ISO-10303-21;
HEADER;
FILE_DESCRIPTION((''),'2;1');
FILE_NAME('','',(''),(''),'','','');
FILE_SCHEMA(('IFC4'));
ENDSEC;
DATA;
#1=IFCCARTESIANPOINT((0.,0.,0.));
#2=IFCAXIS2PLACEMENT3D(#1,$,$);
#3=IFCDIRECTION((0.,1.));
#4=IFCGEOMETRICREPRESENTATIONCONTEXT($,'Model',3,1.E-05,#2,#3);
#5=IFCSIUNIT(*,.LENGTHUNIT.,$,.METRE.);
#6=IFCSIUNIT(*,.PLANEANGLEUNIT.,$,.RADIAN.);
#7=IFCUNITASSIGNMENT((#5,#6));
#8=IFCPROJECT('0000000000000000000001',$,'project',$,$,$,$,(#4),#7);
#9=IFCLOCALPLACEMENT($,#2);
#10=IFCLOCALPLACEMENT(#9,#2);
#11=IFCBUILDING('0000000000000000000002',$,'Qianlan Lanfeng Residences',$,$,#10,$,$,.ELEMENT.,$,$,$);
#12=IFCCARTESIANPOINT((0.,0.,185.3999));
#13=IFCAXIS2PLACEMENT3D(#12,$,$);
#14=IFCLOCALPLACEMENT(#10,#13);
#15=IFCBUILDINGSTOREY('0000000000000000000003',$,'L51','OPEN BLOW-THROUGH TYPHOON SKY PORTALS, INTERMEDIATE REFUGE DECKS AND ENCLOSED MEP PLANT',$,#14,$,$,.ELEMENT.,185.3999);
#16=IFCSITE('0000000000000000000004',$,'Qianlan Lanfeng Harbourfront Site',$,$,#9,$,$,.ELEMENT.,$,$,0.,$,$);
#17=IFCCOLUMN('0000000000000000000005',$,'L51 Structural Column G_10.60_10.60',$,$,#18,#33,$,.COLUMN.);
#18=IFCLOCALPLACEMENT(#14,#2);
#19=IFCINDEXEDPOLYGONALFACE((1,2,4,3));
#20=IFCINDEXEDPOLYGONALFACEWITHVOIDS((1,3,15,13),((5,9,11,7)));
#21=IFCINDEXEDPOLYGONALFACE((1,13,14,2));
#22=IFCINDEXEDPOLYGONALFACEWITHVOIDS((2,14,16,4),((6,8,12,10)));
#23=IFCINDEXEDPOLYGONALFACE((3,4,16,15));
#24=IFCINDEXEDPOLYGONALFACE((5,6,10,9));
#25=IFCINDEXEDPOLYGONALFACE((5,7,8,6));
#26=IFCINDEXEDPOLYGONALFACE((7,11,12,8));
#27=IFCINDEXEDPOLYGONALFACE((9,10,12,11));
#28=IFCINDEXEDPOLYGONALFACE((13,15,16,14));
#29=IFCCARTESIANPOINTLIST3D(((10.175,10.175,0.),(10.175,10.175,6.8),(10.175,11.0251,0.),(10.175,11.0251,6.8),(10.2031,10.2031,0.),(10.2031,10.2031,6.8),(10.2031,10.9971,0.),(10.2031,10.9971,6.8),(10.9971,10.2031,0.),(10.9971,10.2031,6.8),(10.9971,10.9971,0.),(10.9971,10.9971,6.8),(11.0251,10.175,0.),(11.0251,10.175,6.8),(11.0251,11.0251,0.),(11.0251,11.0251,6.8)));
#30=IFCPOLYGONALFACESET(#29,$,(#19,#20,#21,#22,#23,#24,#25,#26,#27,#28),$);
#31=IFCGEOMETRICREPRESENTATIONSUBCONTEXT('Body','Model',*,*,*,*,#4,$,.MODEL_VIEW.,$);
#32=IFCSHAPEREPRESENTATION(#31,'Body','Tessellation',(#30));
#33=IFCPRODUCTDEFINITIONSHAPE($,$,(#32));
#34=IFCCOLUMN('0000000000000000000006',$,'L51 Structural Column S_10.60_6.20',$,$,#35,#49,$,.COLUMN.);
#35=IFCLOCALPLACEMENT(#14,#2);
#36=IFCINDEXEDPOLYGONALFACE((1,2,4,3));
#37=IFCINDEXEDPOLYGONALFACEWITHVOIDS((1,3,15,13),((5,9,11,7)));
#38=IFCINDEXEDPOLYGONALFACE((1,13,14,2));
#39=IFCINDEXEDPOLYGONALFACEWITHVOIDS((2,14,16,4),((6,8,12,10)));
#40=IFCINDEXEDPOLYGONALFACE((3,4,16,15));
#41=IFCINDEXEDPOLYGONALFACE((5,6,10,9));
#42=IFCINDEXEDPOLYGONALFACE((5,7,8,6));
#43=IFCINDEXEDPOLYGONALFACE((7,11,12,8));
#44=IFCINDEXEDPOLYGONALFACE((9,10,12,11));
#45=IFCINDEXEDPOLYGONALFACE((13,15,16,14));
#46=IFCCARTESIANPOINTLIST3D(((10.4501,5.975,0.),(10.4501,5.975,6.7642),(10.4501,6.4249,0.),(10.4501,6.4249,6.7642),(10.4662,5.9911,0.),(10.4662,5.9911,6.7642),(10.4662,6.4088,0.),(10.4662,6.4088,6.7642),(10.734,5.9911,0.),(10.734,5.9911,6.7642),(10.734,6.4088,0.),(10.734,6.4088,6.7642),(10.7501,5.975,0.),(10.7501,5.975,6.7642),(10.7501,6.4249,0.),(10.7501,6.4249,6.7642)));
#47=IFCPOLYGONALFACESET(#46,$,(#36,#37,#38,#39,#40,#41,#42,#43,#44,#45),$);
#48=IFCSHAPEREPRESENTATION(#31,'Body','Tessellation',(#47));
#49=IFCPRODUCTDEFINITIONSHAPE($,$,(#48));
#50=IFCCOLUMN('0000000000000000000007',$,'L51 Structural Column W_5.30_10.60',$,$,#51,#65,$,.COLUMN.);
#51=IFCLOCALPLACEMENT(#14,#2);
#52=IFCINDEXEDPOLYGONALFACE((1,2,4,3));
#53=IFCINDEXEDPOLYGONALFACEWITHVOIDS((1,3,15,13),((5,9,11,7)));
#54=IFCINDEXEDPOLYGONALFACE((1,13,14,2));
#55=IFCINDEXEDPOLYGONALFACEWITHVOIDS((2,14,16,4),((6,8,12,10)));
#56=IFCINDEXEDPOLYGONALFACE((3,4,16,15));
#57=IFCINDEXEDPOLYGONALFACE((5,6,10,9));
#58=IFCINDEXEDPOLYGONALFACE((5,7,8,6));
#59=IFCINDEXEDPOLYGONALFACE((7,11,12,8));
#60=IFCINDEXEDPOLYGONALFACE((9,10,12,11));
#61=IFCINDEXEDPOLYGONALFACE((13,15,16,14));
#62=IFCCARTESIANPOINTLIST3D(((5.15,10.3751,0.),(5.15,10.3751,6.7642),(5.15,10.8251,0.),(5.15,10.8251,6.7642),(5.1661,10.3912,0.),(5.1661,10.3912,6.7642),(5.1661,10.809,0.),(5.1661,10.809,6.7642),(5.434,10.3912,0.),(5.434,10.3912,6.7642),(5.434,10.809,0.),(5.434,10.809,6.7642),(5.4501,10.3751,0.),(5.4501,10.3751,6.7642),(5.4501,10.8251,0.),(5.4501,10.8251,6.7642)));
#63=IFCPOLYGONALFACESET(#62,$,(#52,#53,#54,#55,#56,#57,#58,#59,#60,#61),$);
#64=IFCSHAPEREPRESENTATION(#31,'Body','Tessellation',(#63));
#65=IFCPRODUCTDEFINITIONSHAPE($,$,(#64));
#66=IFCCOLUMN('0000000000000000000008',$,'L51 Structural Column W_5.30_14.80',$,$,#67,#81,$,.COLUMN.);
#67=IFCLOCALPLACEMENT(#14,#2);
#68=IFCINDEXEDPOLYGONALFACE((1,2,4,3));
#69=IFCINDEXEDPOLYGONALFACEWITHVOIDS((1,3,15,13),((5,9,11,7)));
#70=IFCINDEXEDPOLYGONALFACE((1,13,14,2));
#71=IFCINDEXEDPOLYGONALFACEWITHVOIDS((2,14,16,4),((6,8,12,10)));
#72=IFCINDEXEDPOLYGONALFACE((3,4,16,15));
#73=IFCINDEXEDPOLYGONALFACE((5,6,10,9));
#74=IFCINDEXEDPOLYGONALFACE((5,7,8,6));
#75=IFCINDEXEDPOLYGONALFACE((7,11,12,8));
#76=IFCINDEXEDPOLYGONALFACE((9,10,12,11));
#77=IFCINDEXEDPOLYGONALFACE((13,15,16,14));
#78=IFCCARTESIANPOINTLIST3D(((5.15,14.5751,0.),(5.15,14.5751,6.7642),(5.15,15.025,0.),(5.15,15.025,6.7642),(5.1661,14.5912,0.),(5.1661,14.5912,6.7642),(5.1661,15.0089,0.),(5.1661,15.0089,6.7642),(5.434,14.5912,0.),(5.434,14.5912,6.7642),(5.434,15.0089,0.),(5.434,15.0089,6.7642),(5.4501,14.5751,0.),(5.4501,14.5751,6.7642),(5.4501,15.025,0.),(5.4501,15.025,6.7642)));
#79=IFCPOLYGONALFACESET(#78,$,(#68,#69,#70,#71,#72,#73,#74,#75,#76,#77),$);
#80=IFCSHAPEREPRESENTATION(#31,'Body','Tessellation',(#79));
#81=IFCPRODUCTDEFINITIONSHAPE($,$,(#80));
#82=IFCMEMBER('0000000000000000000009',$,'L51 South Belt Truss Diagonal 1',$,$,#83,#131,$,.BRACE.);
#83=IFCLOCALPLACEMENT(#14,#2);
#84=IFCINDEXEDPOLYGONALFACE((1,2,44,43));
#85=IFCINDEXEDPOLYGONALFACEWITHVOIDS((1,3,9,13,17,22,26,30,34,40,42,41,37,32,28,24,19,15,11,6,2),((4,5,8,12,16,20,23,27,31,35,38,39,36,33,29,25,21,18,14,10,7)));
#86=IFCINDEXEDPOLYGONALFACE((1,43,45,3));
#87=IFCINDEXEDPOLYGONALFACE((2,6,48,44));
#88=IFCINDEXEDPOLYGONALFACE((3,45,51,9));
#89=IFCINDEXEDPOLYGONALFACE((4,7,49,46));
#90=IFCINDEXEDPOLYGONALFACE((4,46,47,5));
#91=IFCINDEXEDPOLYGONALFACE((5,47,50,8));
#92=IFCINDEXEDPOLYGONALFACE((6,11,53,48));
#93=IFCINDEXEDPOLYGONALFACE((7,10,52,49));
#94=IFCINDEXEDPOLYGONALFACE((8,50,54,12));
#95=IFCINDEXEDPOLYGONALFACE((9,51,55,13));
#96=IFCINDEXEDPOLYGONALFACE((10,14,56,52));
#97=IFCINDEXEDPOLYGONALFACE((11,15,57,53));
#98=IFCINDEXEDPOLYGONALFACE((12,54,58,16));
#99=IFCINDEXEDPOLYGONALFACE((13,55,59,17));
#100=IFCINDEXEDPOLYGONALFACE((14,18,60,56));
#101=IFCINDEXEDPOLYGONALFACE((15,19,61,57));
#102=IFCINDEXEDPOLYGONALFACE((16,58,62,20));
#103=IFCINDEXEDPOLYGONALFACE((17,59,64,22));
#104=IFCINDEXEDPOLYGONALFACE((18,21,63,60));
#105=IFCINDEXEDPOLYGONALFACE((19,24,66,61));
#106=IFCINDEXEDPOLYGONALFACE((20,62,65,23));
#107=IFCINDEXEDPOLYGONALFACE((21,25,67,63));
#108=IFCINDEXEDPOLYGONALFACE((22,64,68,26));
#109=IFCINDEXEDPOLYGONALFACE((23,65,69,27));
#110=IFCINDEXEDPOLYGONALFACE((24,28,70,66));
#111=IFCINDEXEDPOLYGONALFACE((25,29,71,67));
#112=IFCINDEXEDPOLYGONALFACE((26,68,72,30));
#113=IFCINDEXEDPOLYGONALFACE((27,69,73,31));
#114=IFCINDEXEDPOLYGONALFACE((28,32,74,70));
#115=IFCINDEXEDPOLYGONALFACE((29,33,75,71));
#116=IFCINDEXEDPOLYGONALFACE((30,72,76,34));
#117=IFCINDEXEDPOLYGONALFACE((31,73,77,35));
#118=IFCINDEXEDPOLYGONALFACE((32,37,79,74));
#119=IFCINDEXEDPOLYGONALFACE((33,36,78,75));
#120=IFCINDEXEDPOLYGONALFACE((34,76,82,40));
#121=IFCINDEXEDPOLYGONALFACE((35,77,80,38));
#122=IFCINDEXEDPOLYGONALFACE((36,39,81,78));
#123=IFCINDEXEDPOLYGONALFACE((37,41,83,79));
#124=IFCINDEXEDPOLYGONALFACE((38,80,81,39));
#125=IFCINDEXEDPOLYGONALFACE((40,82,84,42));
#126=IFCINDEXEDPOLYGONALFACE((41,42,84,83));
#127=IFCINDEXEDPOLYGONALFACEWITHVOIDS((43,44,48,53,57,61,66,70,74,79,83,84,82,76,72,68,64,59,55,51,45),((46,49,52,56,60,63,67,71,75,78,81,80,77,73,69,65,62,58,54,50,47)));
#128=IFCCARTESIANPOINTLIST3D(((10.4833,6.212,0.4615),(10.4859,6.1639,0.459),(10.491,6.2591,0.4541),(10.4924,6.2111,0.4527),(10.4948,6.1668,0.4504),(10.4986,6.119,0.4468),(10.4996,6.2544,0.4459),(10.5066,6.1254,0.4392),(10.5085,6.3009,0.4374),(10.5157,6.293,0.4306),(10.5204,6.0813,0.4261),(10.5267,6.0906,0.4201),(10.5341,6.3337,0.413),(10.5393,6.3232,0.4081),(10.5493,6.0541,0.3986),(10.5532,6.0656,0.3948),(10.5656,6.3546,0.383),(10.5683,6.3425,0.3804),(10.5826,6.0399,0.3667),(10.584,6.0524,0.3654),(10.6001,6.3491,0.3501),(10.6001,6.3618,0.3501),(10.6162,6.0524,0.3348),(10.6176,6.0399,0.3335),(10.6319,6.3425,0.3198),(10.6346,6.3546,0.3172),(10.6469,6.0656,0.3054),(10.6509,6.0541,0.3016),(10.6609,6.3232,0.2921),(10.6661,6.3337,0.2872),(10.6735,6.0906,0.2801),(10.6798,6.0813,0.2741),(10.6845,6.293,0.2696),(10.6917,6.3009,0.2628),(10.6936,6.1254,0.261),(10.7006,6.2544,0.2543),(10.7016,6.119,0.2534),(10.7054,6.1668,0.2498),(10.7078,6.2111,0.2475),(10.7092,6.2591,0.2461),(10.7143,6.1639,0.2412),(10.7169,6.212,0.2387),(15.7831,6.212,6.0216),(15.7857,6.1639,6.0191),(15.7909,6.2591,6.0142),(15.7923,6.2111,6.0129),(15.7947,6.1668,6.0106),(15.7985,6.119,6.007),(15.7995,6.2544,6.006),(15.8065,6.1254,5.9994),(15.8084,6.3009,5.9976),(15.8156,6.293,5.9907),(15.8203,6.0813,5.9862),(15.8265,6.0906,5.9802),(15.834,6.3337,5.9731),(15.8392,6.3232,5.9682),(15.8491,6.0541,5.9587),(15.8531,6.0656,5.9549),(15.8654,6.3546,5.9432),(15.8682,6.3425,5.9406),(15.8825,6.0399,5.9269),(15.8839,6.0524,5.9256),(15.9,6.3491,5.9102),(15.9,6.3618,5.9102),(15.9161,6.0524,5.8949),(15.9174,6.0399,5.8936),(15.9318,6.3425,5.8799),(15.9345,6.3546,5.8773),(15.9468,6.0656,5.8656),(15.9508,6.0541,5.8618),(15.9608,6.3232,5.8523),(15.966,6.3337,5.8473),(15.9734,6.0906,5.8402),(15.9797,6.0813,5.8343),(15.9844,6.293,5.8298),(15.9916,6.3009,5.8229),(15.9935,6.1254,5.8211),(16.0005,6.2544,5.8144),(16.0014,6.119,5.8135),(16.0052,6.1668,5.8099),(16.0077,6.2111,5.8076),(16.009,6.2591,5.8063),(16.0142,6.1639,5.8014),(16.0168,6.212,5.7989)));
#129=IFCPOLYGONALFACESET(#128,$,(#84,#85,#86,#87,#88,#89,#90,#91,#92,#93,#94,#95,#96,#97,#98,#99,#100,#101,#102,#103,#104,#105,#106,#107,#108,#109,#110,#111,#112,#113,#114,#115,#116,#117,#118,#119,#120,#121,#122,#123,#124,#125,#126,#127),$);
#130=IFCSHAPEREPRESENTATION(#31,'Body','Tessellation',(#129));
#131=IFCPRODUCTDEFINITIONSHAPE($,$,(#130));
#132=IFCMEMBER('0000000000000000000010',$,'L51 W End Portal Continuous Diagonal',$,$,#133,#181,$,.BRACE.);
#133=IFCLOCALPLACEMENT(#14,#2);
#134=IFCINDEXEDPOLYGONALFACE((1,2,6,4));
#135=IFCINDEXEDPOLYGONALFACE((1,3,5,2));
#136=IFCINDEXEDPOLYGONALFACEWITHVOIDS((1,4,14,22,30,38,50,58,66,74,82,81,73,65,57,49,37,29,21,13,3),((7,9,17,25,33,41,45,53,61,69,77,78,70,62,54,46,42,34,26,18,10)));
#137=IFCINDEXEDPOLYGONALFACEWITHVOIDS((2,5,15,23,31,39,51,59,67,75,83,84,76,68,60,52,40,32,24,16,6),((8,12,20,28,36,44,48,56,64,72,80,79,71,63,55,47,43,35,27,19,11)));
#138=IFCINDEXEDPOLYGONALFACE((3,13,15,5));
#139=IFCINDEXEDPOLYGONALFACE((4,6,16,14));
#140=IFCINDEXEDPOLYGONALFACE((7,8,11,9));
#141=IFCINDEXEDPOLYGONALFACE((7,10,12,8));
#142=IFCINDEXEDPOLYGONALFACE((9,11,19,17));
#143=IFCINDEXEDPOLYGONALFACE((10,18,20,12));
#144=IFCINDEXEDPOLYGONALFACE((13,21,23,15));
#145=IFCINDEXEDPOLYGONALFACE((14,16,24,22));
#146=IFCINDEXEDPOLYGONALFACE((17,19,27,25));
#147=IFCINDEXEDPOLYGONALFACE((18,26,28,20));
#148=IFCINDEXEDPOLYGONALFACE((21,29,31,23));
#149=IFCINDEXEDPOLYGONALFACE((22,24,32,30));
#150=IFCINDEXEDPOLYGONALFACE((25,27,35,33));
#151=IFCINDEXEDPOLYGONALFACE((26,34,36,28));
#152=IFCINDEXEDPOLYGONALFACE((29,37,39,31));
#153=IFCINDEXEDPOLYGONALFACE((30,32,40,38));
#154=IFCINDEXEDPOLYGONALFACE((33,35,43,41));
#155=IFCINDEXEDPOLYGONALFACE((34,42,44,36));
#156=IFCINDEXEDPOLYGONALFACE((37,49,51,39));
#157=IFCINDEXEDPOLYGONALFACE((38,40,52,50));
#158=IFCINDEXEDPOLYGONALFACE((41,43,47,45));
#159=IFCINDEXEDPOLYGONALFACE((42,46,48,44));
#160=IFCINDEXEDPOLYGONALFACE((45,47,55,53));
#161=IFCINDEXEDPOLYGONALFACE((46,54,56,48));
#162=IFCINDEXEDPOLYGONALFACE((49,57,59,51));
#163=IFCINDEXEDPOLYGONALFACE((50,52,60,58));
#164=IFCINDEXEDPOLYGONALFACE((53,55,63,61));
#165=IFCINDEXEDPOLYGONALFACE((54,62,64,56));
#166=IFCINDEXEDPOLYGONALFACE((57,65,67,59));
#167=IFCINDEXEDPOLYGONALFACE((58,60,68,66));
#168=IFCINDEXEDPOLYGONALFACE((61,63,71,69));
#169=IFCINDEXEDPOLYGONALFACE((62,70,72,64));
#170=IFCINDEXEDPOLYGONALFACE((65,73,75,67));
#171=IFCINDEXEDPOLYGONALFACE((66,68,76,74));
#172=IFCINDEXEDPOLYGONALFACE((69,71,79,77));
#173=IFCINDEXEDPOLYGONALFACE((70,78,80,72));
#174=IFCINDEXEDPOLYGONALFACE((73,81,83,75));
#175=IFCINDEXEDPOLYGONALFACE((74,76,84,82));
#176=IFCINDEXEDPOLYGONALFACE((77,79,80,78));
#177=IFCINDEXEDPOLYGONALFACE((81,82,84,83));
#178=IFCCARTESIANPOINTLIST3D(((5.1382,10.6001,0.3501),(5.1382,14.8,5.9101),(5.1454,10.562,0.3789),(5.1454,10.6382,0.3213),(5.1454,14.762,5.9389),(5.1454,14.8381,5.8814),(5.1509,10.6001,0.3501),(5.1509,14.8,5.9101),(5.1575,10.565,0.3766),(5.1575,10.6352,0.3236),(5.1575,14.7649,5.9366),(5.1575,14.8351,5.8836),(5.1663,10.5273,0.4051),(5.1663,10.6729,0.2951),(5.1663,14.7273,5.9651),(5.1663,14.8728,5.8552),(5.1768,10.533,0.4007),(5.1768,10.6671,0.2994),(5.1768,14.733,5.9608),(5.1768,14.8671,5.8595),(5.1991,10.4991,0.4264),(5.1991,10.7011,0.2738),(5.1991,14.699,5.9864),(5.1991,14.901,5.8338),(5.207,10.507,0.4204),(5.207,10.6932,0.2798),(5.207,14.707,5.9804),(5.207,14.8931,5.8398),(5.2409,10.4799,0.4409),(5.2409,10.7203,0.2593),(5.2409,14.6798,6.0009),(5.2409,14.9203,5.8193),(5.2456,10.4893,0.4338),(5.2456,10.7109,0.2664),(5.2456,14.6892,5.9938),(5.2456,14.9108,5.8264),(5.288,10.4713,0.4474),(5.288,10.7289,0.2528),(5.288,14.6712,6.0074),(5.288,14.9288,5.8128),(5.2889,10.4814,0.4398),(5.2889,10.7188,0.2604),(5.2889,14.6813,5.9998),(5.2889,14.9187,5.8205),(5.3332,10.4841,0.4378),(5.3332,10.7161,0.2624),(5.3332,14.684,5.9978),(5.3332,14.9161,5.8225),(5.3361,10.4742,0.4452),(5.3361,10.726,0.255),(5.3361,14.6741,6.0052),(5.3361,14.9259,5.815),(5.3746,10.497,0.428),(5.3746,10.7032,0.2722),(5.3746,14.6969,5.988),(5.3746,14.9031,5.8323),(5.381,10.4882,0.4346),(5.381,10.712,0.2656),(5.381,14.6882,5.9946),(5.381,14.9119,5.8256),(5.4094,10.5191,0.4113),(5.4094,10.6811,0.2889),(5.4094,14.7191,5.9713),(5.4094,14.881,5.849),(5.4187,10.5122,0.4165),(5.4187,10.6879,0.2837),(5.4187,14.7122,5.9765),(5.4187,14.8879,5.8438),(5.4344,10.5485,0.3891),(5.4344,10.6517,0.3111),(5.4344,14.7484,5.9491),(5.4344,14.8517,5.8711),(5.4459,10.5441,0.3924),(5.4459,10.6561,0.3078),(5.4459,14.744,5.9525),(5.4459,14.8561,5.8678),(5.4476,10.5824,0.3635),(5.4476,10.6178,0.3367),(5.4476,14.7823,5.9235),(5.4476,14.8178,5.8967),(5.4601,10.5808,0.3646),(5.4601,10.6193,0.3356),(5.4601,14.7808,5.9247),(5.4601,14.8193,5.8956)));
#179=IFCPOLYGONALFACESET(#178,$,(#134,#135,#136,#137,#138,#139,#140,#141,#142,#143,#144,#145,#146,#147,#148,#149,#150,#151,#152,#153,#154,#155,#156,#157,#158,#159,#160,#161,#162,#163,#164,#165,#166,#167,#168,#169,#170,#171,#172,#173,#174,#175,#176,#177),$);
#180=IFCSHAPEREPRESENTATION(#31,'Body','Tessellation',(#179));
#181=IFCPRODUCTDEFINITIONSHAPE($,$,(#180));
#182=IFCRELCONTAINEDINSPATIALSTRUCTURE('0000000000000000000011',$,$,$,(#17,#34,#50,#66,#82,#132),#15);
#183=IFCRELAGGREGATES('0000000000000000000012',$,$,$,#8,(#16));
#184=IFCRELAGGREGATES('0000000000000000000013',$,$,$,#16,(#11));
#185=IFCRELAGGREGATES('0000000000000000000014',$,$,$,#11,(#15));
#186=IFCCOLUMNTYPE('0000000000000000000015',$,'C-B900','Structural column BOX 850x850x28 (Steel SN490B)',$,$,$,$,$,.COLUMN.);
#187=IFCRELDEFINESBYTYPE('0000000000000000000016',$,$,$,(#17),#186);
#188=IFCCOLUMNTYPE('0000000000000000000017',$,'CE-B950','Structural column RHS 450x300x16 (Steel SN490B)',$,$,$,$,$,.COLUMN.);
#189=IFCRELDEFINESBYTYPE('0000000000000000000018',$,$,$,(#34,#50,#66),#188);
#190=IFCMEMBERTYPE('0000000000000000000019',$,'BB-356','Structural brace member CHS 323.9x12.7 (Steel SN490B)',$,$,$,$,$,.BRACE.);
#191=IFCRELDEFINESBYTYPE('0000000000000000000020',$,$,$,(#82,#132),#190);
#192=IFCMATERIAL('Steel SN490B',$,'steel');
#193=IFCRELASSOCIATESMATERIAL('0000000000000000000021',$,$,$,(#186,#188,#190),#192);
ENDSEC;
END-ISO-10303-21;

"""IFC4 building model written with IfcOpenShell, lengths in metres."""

from ifc_helpers import new_model, si_unit, direction, frame, origin, origin_2d, place, context, subcontext, project, spatial, hollow_rectangle, hollow_circle, extrude, material, material_profile, profile_set, type_object, element, save


model = new_model("IFC4")

# Units and contexts
model_context = context("Model", 3, precision=1e-05, world=origin(), true_north=direction((0.0, 1.0)))
body_context = subcontext(model_context, "Body", "Model", "MODEL_VIEW")
ifc_project = project(units=[si_unit("LENGTHUNIT", "METRE"), si_unit("PLANEANGLEUNIT", "RADIAN")], contexts=[model_context])

# Site, building, storey
site_placement = place(None, origin())
site = spatial("IfcSite", under=ifc_project, at=site_placement, Name="Qianlan Lanfeng Harbourfront Site", CompositionType="ELEMENT", RefElevation=0.0)
building_placement = place(site_placement, origin())
building = spatial("IfcBuilding", under=site, at=building_placement, Name="Qianlan Lanfeng Residences", CompositionType="ELEMENT")
storey_placement = place(building_placement, frame((0.0, 0.0, 185.3999)))
storey = spatial("IfcBuildingStorey", under=building, at=storey_placement, Name="L51", Description="OPEN BLOW-THROUGH TYPHOON SKY PORTALS, INTERMEDIATE REFUGE DECKS AND ENCLOSED MEP PLANT", CompositionType="ELEMENT", Elevation=185.3999)

# Columns
ifc_material_1 = material(Name="Steel SN490B", Category="steel")
ifc_material_profile_1 = material_profile(ifc_material_1, hollow_rectangle(XDim=0.8501, YDim=0.8501, WallThickness=0.0281, at=origin_2d()), Name="BOX 850x850x28")
ifc_profile_set_1 = profile_set([ifc_material_profile_1], Name="Steel SN490B")
column_type_1 = type_object("IfcColumnType", Name="C-B900", Description="Structural column BOX 850x850x28 (Steel SN490B)", PredefinedType="COLUMN", material=ifc_profile_set_1)
column_placement = place(storey_placement, frame((10.6001, 10.6001, 0.0), z_axis=(0.0, 0.0, 1.0), x_axis=(1.0, 0.0, 0.0)))
element("IfcColumn", 1, at=column_placement, inside=storey, type_object=column_type_1, Name="L51 Structural Column G_10.60_10.60", PredefinedType="COLUMN", context=body_context, shape_type="SweptSolid", body=[
    extrude(hollow_rectangle(XDim=0.8501, YDim=0.8501, WallThickness=0.0281, at=origin_2d()), origin(), (0.0, 0.0, 1.0), 6.8),
])
ifc_material_profile_2 = material_profile(ifc_material_1, hollow_rectangle(XDim=0.3, YDim=0.45, WallThickness=0.0161, at=origin_2d()), Name="RHS 450x300x16")
ifc_profile_set_2 = profile_set([ifc_material_profile_2], Name="Steel SN490B")
column_type_2 = type_object("IfcColumnType", Name="CE-B950", Description="Structural column RHS 450x300x16 (Steel SN490B)", PredefinedType="COLUMN", material=ifc_profile_set_2)
for number, where, z_axis, x_axis, name in (
    (2, (10.6001, 6.2, 0.0), (0.0, 0.0, 1.0), (1.0, 0.0, 0.0), "L51 Structural Column S_10.60_6.20"),
    (3, (5.3, 10.6001, 0.0), (0.0, 0.0, 1.0), (1.0, 0.0, 0.0), "L51 Structural Column W_5.30_10.60"),
    (4, (5.3, 14.8, 0.0), (0.0, 0.0, 1.0), (1.0, 0.0, 0.0), "L51 Structural Column W_5.30_14.80"),
):
    element("IfcColumn", number, at=place(storey_placement, frame(where, z_axis=z_axis, x_axis=x_axis)), inside=storey, type_object=column_type_2, Name=name, PredefinedType="COLUMN", context=body_context, shape_type="SweptSolid", body=[
        extrude(hollow_rectangle(XDim=0.3, YDim=0.45, WallThickness=0.0161, at=origin_2d()), origin(), (0.0, 0.0, 1.0), 6.7642),
    ])

# Members
ifc_material_profile_3 = material_profile(ifc_material_1, hollow_circle(Radius=0.1619, WallThickness=0.0127, at=origin_2d()), Name="CHS 323.9x12.7")
ifc_profile_set_3 = profile_set([ifc_material_profile_3], Name="Steel SN490B")
member_type_1 = type_object("IfcMemberType", Name="BB-356", Description="Structural brace member CHS 323.9x12.7 (Steel SN490B)", PredefinedType="BRACE", material=ifc_profile_set_3)
member_1_placement = place(storey_placement, frame((10.6001, 6.2, 0.3501), z_axis=(0.689963, 0.0, 0.723845), x_axis=(0.0, 1.0, 0.0)))
element("IfcMember", 5, at=member_1_placement, inside=storey, type_object=member_type_1, Name="L51 South Belt Truss Diagonal 1", PredefinedType="BRACE", context=body_context, shape_type="SweptSolid", body=[
    extrude(hollow_circle(Radius=0.1619, WallThickness=0.0127, at=origin_2d()), origin(), (0.0, 0.0, 1.0), 7.6814),
])
member_2_placement = place(storey_placement, frame((5.3, 10.6001, 0.3501), z_axis=(0.0, 0.602743, 0.797935), x_axis=(-1.0, 0.0, 0.0)))
element("IfcMember", 6, at=member_2_placement, inside=storey, type_object=member_type_1, Name="L51 W End Portal Continuous Diagonal", PredefinedType="BRACE", context=body_context, shape_type="SweptSolid", body=[
    extrude(hollow_circle(Radius=0.1619, WallThickness=0.0127, at=origin_2d()), origin(), (0.0, 0.0, 1.0), 6.968),
])

save(model, "model.ifc")
